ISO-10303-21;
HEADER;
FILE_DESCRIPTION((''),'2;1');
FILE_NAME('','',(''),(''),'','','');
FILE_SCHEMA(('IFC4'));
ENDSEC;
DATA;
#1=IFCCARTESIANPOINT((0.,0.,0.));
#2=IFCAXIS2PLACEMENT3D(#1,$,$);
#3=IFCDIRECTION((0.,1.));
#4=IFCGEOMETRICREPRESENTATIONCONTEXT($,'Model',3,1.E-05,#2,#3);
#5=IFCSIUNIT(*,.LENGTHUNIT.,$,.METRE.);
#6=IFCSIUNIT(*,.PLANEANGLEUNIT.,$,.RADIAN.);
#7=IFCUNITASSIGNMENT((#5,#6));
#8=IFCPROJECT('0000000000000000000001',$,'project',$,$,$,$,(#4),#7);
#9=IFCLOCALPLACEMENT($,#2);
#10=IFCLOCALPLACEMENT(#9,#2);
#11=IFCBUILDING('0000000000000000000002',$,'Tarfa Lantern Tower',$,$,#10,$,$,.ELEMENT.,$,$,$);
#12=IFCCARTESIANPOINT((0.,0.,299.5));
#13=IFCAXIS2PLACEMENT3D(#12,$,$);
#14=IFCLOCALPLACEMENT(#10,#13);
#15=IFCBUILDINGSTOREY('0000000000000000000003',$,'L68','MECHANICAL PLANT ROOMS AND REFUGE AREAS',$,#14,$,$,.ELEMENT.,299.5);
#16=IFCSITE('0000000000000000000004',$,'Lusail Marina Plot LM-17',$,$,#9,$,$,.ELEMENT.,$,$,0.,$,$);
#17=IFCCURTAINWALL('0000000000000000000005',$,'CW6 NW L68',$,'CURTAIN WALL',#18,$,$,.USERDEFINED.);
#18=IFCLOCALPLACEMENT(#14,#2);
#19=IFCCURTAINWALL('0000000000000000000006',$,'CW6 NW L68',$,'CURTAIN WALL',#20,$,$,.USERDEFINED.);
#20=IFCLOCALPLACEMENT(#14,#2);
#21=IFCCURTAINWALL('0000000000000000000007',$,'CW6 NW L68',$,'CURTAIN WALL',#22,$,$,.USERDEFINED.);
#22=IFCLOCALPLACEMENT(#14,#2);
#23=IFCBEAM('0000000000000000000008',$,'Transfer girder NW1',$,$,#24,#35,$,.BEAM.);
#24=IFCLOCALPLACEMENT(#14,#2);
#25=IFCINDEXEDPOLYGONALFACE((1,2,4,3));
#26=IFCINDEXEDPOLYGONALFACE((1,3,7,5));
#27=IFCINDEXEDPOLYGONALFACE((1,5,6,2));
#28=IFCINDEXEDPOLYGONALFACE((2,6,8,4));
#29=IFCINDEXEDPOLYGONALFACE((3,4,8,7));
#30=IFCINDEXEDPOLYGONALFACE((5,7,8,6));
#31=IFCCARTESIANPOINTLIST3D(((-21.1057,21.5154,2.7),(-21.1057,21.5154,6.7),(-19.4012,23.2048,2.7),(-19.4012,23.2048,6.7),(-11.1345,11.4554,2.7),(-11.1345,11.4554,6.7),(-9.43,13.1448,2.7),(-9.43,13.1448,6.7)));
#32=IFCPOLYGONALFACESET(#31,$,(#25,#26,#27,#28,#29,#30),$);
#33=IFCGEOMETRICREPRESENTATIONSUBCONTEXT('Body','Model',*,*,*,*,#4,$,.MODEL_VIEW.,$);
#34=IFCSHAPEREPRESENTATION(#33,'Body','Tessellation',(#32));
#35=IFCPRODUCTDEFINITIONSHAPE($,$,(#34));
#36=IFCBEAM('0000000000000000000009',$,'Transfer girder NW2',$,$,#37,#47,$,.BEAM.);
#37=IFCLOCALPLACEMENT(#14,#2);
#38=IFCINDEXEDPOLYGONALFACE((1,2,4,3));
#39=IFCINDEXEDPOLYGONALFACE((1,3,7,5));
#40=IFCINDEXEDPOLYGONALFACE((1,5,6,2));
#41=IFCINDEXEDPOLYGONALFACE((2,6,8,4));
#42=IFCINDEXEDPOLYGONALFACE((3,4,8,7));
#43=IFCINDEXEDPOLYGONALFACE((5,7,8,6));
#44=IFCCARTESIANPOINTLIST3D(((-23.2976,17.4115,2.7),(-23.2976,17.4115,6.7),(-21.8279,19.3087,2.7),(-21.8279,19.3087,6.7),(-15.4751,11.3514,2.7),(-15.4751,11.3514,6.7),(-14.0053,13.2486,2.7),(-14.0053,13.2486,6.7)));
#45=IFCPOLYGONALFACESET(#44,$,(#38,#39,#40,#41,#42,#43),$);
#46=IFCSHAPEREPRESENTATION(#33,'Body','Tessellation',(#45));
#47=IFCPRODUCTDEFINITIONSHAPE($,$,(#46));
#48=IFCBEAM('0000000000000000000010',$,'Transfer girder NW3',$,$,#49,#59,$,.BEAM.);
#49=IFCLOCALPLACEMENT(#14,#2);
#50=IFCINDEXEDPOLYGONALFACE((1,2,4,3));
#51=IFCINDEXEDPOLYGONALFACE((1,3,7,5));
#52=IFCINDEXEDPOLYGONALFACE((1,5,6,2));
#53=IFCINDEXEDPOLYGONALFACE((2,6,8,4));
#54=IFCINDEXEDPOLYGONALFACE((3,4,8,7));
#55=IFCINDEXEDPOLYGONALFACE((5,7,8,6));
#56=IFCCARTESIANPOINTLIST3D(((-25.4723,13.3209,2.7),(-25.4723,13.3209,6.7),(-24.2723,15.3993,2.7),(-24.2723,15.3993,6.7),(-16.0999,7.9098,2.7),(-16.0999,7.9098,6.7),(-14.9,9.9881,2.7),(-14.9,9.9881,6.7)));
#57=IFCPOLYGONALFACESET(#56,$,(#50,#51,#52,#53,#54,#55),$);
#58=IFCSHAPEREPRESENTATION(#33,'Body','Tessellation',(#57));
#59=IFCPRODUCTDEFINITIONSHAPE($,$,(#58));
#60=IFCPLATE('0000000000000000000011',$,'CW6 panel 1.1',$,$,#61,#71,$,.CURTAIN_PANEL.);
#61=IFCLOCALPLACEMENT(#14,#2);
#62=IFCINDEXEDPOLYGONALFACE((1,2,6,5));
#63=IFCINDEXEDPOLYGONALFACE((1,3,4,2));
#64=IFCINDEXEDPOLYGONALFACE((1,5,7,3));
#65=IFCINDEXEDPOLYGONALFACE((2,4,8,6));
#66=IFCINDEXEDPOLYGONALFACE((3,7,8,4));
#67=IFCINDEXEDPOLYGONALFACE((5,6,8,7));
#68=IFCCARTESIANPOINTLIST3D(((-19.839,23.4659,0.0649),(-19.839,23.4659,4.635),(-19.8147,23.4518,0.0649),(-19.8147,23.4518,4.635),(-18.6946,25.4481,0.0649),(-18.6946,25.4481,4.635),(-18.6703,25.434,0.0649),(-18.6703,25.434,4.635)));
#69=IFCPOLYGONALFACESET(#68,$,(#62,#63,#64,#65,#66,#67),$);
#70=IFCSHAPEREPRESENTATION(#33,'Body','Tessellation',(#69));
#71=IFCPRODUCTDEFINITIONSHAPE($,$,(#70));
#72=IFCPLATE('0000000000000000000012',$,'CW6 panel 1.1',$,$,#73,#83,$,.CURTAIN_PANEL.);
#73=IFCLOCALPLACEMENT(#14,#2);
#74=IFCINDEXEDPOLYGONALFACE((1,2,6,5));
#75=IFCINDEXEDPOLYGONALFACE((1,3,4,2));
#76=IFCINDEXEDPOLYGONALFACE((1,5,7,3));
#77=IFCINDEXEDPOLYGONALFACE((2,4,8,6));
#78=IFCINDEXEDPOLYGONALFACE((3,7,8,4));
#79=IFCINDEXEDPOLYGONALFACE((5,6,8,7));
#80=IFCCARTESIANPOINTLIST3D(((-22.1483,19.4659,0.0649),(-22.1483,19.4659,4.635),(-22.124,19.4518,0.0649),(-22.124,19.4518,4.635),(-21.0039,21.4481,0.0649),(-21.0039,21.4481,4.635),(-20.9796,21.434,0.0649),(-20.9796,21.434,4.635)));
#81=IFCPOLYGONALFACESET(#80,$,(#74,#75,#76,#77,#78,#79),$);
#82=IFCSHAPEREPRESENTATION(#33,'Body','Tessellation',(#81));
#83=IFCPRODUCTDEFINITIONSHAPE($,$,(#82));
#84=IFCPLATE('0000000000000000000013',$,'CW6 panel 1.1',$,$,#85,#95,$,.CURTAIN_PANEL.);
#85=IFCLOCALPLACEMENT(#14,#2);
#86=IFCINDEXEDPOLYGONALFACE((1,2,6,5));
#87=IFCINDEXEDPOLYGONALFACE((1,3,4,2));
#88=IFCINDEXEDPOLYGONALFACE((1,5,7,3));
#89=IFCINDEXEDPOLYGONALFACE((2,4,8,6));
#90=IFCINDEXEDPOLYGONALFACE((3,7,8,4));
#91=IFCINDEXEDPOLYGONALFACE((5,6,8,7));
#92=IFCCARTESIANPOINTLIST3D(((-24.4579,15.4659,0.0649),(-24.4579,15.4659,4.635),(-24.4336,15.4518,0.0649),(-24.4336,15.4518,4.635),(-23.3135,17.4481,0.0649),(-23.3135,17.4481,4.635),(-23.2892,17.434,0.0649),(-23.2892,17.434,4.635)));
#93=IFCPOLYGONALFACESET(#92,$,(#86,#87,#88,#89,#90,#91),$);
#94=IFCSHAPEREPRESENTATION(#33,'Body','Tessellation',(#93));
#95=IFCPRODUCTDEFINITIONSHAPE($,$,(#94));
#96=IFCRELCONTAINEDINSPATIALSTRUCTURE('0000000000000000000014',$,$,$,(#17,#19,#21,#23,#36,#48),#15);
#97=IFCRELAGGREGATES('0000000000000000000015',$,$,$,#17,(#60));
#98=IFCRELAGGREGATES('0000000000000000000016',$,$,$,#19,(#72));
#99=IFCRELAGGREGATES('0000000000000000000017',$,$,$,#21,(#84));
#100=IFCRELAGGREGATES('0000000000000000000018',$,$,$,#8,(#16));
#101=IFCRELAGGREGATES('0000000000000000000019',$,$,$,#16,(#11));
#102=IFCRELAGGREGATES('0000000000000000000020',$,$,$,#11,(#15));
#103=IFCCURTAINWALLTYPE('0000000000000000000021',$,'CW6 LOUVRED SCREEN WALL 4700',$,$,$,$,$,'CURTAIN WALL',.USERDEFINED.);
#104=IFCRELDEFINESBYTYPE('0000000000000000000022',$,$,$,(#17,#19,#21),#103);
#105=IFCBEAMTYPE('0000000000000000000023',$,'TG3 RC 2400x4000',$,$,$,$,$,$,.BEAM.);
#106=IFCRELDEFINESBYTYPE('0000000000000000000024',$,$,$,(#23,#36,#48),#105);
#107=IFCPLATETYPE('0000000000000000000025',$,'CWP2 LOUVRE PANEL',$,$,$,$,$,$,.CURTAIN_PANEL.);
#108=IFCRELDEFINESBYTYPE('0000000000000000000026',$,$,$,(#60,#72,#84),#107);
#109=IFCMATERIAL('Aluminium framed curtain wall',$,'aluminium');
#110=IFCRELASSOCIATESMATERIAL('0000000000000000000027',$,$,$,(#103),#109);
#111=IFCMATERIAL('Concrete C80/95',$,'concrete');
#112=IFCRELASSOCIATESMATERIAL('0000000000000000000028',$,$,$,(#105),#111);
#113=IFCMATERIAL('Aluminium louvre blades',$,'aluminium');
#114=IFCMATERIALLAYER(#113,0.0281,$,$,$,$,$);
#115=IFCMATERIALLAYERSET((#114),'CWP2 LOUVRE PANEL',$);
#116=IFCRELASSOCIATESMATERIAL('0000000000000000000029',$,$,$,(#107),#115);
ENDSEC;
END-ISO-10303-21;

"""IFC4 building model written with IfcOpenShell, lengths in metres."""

from ifc_helpers import new_model, si_unit, direction, frame, origin, origin_2d, place, context, subcontext, project, spatial, rectangle, extrude, material, layer, layer_set, material_profile, profile_set, type_object, element, aggregate, save


model = new_model("IFC4")

# Units and contexts
model_context = context("Model", 3, precision=1e-05, world=origin(), true_north=direction((0.0, 1.0)))
body_context = subcontext(model_context, "Body", "Model", "MODEL_VIEW")
ifc_project = project(units=[si_unit("LENGTHUNIT", "METRE"), si_unit("PLANEANGLEUNIT", "RADIAN")], contexts=[model_context])

# Site, building, storey
site_placement = place(None, origin())
site = spatial("IfcSite", under=ifc_project, at=site_placement, Name="Lusail Marina Plot LM-17", CompositionType="ELEMENT", RefElevation=0.0)
building_placement = place(site_placement, origin())
building = spatial("IfcBuilding", under=site, at=building_placement, Name="Tarfa Lantern Tower", CompositionType="ELEMENT")
storey_placement = place(building_placement, frame((0.0, 0.0, 299.5)))
storey = spatial("IfcBuildingStorey", under=building, at=storey_placement, Name="L68", Description="MECHANICAL PLANT ROOMS AND REFUGE AREAS", CompositionType="ELEMENT", Elevation=299.5)

# Shared definitions
ifc_material_1 = material(Name="Concrete C80/95", Category="concrete")

# Curtain walls
ifc_material_2 = material(Name="Aluminium framed curtain wall", Category="aluminium")
curtain_wall_type = type_object("IfcCurtainWallType", Name="CW6 LOUVRED SCREEN WALL 4700", ElementType="CURTAIN WALL", PredefinedType="USERDEFINED", material=ifc_material_2)
curtain_wall_1_placement = place(storey_placement, origin())
curtain_wall_1 = element("IfcCurtainWall", 1, at=curtain_wall_1_placement, inside=storey, type_object=curtain_wall_type, Name="CW6 NW L68", ObjectType="CURTAIN WALL", PredefinedType="USERDEFINED")
curtain_wall_2_placement = place(storey_placement, origin())
curtain_wall_2 = element("IfcCurtainWall", 2, at=curtain_wall_2_placement, inside=storey, type_object=curtain_wall_type, Name="CW6 NW L68", ObjectType="CURTAIN WALL", PredefinedType="USERDEFINED")
curtain_wall_3_placement = place(storey_placement, origin())
curtain_wall_3 = element("IfcCurtainWall", 3, at=curtain_wall_3_placement, inside=storey, type_object=curtain_wall_type, Name="CW6 NW L68", ObjectType="CURTAIN WALL", PredefinedType="USERDEFINED")

# Beams
ifc_material_profile_1 = material_profile(ifc_material_1, rectangle(XDim=2.3999, YDim=4.0, at=origin_2d()), Name="RC 2400x4000")
ifc_profile_set_1 = profile_set([ifc_material_profile_1], Name="Concrete C80/95")
beam_type_1 = type_object("IfcBeamType", Name="TG3 RC 2400x4000", PredefinedType="BEAM", material=ifc_profile_set_1)
beam_1_placement = place(storey_placement, frame((-20.2534, 22.3601, 4.7), z_axis=(0.703963, -0.710237, 0.0), x_axis=(0.710237, 0.703963, 0.0)))
element("IfcBeam", 4, at=beam_1_placement, inside=storey, type_object=beam_type_1, Name="Transfer girder NW1", PredefinedType="BEAM", context=body_context, shape_type="SweptSolid", body=[
    extrude(rectangle(XDim=2.3999, YDim=4.0, at=origin_2d()), origin(), (0.0, 0.0, 1.0), 14.1643),
])
beam_2_placement = place(storey_placement, frame((-22.5627, 18.3601, 4.7), z_axis=(0.790532, -0.612421, 0.0), x_axis=(0.612421, 0.790532, 0.0)))
element("IfcBeam", 5, at=beam_2_placement, inside=storey, type_object=beam_type_1, Name="Transfer girder NW2", PredefinedType="BEAM", context=body_context, shape_type="SweptSolid", body=[
    extrude(rectangle(XDim=2.3999, YDim=4.0, at=origin_2d()), origin(), (0.0, 0.0, 1.0), 9.8953),
])
beam_3_placement = place(storey_placement, frame((-24.8723, 14.3601, 4.7), z_axis=(0.866024, -0.500002, 0.0), x_axis=(0.500002, 0.866024, 0.0)))
element("IfcBeam", 6, at=beam_3_placement, inside=storey, type_object=beam_type_1, Name="Transfer girder NW3", PredefinedType="BEAM", context=body_context, shape_type="SweptSolid", body=[
    extrude(rectangle(XDim=2.3999, YDim=4.0, at=origin_2d()), origin(), (0.0, 0.0, 1.0), 10.8223),
])

# Plates
ifc_material_3 = material(Name="Aluminium louvre blades", Category="aluminium")
ifc_layer = layer(ifc_material_3, 0.0281)
ifc_layer_set = layer_set([ifc_layer], Name="CWP2 LOUVRE PANEL")
plate_type = type_object("IfcPlateType", Name="CWP2 LOUVRE PANEL", PredefinedType="CURTAIN_PANEL", material=ifc_layer_set)
plate_1_placement = place(storey_placement, frame((-19.2546, 24.45, 0.0649), z_axis=(0.0, 0.0, 1.0), x_axis=(-0.5, -0.866025, 0.0)))
plate_1 = element("IfcPlate", 7, at=plate_1_placement, type_object=plate_type, Name="CW6 panel 1.1", PredefinedType="CURTAIN_PANEL", context=body_context, shape_type="SweptSolid", body=[
    extrude(rectangle(XDim=2.2888, YDim=0.0281, at=origin_2d()), origin(), (0.0, 0.0, 1.0), 4.5701),
])
aggregate(curtain_wall_1, [plate_1])
plate_2_placement = place(storey_placement, frame((-21.564, 20.45, 0.0649), z_axis=(0.0, 0.0, 1.0), x_axis=(-0.5, -0.866025, 0.0)))
plate_2 = element("IfcPlate", 8, at=plate_2_placement, type_object=plate_type, Name="CW6 panel 1.1", PredefinedType="CURTAIN_PANEL", context=body_context, shape_type="SweptSolid", body=[
    extrude(rectangle(XDim=2.2888, YDim=0.0281, at=origin_2d()), origin(), (0.0, 0.0, 1.0), 4.5701),
])
aggregate(curtain_wall_2, [plate_2])
plate_3_placement = place(storey_placement, frame((-23.8735, 16.45, 0.0649), z_axis=(0.0, 0.0, 1.0), x_axis=(-0.5, -0.866025, 0.0)))
plate_3 = element("IfcPlate", 9, at=plate_3_placement, type_object=plate_type, Name="CW6 panel 1.1", PredefinedType="CURTAIN_PANEL", context=body_context, shape_type="SweptSolid", body=[
    extrude(rectangle(XDim=2.2888, YDim=0.0281, at=origin_2d()), origin(), (0.0, 0.0, 1.0), 4.5701),
])
aggregate(curtain_wall_3, [plate_3])

save(model, "model.ifc")
